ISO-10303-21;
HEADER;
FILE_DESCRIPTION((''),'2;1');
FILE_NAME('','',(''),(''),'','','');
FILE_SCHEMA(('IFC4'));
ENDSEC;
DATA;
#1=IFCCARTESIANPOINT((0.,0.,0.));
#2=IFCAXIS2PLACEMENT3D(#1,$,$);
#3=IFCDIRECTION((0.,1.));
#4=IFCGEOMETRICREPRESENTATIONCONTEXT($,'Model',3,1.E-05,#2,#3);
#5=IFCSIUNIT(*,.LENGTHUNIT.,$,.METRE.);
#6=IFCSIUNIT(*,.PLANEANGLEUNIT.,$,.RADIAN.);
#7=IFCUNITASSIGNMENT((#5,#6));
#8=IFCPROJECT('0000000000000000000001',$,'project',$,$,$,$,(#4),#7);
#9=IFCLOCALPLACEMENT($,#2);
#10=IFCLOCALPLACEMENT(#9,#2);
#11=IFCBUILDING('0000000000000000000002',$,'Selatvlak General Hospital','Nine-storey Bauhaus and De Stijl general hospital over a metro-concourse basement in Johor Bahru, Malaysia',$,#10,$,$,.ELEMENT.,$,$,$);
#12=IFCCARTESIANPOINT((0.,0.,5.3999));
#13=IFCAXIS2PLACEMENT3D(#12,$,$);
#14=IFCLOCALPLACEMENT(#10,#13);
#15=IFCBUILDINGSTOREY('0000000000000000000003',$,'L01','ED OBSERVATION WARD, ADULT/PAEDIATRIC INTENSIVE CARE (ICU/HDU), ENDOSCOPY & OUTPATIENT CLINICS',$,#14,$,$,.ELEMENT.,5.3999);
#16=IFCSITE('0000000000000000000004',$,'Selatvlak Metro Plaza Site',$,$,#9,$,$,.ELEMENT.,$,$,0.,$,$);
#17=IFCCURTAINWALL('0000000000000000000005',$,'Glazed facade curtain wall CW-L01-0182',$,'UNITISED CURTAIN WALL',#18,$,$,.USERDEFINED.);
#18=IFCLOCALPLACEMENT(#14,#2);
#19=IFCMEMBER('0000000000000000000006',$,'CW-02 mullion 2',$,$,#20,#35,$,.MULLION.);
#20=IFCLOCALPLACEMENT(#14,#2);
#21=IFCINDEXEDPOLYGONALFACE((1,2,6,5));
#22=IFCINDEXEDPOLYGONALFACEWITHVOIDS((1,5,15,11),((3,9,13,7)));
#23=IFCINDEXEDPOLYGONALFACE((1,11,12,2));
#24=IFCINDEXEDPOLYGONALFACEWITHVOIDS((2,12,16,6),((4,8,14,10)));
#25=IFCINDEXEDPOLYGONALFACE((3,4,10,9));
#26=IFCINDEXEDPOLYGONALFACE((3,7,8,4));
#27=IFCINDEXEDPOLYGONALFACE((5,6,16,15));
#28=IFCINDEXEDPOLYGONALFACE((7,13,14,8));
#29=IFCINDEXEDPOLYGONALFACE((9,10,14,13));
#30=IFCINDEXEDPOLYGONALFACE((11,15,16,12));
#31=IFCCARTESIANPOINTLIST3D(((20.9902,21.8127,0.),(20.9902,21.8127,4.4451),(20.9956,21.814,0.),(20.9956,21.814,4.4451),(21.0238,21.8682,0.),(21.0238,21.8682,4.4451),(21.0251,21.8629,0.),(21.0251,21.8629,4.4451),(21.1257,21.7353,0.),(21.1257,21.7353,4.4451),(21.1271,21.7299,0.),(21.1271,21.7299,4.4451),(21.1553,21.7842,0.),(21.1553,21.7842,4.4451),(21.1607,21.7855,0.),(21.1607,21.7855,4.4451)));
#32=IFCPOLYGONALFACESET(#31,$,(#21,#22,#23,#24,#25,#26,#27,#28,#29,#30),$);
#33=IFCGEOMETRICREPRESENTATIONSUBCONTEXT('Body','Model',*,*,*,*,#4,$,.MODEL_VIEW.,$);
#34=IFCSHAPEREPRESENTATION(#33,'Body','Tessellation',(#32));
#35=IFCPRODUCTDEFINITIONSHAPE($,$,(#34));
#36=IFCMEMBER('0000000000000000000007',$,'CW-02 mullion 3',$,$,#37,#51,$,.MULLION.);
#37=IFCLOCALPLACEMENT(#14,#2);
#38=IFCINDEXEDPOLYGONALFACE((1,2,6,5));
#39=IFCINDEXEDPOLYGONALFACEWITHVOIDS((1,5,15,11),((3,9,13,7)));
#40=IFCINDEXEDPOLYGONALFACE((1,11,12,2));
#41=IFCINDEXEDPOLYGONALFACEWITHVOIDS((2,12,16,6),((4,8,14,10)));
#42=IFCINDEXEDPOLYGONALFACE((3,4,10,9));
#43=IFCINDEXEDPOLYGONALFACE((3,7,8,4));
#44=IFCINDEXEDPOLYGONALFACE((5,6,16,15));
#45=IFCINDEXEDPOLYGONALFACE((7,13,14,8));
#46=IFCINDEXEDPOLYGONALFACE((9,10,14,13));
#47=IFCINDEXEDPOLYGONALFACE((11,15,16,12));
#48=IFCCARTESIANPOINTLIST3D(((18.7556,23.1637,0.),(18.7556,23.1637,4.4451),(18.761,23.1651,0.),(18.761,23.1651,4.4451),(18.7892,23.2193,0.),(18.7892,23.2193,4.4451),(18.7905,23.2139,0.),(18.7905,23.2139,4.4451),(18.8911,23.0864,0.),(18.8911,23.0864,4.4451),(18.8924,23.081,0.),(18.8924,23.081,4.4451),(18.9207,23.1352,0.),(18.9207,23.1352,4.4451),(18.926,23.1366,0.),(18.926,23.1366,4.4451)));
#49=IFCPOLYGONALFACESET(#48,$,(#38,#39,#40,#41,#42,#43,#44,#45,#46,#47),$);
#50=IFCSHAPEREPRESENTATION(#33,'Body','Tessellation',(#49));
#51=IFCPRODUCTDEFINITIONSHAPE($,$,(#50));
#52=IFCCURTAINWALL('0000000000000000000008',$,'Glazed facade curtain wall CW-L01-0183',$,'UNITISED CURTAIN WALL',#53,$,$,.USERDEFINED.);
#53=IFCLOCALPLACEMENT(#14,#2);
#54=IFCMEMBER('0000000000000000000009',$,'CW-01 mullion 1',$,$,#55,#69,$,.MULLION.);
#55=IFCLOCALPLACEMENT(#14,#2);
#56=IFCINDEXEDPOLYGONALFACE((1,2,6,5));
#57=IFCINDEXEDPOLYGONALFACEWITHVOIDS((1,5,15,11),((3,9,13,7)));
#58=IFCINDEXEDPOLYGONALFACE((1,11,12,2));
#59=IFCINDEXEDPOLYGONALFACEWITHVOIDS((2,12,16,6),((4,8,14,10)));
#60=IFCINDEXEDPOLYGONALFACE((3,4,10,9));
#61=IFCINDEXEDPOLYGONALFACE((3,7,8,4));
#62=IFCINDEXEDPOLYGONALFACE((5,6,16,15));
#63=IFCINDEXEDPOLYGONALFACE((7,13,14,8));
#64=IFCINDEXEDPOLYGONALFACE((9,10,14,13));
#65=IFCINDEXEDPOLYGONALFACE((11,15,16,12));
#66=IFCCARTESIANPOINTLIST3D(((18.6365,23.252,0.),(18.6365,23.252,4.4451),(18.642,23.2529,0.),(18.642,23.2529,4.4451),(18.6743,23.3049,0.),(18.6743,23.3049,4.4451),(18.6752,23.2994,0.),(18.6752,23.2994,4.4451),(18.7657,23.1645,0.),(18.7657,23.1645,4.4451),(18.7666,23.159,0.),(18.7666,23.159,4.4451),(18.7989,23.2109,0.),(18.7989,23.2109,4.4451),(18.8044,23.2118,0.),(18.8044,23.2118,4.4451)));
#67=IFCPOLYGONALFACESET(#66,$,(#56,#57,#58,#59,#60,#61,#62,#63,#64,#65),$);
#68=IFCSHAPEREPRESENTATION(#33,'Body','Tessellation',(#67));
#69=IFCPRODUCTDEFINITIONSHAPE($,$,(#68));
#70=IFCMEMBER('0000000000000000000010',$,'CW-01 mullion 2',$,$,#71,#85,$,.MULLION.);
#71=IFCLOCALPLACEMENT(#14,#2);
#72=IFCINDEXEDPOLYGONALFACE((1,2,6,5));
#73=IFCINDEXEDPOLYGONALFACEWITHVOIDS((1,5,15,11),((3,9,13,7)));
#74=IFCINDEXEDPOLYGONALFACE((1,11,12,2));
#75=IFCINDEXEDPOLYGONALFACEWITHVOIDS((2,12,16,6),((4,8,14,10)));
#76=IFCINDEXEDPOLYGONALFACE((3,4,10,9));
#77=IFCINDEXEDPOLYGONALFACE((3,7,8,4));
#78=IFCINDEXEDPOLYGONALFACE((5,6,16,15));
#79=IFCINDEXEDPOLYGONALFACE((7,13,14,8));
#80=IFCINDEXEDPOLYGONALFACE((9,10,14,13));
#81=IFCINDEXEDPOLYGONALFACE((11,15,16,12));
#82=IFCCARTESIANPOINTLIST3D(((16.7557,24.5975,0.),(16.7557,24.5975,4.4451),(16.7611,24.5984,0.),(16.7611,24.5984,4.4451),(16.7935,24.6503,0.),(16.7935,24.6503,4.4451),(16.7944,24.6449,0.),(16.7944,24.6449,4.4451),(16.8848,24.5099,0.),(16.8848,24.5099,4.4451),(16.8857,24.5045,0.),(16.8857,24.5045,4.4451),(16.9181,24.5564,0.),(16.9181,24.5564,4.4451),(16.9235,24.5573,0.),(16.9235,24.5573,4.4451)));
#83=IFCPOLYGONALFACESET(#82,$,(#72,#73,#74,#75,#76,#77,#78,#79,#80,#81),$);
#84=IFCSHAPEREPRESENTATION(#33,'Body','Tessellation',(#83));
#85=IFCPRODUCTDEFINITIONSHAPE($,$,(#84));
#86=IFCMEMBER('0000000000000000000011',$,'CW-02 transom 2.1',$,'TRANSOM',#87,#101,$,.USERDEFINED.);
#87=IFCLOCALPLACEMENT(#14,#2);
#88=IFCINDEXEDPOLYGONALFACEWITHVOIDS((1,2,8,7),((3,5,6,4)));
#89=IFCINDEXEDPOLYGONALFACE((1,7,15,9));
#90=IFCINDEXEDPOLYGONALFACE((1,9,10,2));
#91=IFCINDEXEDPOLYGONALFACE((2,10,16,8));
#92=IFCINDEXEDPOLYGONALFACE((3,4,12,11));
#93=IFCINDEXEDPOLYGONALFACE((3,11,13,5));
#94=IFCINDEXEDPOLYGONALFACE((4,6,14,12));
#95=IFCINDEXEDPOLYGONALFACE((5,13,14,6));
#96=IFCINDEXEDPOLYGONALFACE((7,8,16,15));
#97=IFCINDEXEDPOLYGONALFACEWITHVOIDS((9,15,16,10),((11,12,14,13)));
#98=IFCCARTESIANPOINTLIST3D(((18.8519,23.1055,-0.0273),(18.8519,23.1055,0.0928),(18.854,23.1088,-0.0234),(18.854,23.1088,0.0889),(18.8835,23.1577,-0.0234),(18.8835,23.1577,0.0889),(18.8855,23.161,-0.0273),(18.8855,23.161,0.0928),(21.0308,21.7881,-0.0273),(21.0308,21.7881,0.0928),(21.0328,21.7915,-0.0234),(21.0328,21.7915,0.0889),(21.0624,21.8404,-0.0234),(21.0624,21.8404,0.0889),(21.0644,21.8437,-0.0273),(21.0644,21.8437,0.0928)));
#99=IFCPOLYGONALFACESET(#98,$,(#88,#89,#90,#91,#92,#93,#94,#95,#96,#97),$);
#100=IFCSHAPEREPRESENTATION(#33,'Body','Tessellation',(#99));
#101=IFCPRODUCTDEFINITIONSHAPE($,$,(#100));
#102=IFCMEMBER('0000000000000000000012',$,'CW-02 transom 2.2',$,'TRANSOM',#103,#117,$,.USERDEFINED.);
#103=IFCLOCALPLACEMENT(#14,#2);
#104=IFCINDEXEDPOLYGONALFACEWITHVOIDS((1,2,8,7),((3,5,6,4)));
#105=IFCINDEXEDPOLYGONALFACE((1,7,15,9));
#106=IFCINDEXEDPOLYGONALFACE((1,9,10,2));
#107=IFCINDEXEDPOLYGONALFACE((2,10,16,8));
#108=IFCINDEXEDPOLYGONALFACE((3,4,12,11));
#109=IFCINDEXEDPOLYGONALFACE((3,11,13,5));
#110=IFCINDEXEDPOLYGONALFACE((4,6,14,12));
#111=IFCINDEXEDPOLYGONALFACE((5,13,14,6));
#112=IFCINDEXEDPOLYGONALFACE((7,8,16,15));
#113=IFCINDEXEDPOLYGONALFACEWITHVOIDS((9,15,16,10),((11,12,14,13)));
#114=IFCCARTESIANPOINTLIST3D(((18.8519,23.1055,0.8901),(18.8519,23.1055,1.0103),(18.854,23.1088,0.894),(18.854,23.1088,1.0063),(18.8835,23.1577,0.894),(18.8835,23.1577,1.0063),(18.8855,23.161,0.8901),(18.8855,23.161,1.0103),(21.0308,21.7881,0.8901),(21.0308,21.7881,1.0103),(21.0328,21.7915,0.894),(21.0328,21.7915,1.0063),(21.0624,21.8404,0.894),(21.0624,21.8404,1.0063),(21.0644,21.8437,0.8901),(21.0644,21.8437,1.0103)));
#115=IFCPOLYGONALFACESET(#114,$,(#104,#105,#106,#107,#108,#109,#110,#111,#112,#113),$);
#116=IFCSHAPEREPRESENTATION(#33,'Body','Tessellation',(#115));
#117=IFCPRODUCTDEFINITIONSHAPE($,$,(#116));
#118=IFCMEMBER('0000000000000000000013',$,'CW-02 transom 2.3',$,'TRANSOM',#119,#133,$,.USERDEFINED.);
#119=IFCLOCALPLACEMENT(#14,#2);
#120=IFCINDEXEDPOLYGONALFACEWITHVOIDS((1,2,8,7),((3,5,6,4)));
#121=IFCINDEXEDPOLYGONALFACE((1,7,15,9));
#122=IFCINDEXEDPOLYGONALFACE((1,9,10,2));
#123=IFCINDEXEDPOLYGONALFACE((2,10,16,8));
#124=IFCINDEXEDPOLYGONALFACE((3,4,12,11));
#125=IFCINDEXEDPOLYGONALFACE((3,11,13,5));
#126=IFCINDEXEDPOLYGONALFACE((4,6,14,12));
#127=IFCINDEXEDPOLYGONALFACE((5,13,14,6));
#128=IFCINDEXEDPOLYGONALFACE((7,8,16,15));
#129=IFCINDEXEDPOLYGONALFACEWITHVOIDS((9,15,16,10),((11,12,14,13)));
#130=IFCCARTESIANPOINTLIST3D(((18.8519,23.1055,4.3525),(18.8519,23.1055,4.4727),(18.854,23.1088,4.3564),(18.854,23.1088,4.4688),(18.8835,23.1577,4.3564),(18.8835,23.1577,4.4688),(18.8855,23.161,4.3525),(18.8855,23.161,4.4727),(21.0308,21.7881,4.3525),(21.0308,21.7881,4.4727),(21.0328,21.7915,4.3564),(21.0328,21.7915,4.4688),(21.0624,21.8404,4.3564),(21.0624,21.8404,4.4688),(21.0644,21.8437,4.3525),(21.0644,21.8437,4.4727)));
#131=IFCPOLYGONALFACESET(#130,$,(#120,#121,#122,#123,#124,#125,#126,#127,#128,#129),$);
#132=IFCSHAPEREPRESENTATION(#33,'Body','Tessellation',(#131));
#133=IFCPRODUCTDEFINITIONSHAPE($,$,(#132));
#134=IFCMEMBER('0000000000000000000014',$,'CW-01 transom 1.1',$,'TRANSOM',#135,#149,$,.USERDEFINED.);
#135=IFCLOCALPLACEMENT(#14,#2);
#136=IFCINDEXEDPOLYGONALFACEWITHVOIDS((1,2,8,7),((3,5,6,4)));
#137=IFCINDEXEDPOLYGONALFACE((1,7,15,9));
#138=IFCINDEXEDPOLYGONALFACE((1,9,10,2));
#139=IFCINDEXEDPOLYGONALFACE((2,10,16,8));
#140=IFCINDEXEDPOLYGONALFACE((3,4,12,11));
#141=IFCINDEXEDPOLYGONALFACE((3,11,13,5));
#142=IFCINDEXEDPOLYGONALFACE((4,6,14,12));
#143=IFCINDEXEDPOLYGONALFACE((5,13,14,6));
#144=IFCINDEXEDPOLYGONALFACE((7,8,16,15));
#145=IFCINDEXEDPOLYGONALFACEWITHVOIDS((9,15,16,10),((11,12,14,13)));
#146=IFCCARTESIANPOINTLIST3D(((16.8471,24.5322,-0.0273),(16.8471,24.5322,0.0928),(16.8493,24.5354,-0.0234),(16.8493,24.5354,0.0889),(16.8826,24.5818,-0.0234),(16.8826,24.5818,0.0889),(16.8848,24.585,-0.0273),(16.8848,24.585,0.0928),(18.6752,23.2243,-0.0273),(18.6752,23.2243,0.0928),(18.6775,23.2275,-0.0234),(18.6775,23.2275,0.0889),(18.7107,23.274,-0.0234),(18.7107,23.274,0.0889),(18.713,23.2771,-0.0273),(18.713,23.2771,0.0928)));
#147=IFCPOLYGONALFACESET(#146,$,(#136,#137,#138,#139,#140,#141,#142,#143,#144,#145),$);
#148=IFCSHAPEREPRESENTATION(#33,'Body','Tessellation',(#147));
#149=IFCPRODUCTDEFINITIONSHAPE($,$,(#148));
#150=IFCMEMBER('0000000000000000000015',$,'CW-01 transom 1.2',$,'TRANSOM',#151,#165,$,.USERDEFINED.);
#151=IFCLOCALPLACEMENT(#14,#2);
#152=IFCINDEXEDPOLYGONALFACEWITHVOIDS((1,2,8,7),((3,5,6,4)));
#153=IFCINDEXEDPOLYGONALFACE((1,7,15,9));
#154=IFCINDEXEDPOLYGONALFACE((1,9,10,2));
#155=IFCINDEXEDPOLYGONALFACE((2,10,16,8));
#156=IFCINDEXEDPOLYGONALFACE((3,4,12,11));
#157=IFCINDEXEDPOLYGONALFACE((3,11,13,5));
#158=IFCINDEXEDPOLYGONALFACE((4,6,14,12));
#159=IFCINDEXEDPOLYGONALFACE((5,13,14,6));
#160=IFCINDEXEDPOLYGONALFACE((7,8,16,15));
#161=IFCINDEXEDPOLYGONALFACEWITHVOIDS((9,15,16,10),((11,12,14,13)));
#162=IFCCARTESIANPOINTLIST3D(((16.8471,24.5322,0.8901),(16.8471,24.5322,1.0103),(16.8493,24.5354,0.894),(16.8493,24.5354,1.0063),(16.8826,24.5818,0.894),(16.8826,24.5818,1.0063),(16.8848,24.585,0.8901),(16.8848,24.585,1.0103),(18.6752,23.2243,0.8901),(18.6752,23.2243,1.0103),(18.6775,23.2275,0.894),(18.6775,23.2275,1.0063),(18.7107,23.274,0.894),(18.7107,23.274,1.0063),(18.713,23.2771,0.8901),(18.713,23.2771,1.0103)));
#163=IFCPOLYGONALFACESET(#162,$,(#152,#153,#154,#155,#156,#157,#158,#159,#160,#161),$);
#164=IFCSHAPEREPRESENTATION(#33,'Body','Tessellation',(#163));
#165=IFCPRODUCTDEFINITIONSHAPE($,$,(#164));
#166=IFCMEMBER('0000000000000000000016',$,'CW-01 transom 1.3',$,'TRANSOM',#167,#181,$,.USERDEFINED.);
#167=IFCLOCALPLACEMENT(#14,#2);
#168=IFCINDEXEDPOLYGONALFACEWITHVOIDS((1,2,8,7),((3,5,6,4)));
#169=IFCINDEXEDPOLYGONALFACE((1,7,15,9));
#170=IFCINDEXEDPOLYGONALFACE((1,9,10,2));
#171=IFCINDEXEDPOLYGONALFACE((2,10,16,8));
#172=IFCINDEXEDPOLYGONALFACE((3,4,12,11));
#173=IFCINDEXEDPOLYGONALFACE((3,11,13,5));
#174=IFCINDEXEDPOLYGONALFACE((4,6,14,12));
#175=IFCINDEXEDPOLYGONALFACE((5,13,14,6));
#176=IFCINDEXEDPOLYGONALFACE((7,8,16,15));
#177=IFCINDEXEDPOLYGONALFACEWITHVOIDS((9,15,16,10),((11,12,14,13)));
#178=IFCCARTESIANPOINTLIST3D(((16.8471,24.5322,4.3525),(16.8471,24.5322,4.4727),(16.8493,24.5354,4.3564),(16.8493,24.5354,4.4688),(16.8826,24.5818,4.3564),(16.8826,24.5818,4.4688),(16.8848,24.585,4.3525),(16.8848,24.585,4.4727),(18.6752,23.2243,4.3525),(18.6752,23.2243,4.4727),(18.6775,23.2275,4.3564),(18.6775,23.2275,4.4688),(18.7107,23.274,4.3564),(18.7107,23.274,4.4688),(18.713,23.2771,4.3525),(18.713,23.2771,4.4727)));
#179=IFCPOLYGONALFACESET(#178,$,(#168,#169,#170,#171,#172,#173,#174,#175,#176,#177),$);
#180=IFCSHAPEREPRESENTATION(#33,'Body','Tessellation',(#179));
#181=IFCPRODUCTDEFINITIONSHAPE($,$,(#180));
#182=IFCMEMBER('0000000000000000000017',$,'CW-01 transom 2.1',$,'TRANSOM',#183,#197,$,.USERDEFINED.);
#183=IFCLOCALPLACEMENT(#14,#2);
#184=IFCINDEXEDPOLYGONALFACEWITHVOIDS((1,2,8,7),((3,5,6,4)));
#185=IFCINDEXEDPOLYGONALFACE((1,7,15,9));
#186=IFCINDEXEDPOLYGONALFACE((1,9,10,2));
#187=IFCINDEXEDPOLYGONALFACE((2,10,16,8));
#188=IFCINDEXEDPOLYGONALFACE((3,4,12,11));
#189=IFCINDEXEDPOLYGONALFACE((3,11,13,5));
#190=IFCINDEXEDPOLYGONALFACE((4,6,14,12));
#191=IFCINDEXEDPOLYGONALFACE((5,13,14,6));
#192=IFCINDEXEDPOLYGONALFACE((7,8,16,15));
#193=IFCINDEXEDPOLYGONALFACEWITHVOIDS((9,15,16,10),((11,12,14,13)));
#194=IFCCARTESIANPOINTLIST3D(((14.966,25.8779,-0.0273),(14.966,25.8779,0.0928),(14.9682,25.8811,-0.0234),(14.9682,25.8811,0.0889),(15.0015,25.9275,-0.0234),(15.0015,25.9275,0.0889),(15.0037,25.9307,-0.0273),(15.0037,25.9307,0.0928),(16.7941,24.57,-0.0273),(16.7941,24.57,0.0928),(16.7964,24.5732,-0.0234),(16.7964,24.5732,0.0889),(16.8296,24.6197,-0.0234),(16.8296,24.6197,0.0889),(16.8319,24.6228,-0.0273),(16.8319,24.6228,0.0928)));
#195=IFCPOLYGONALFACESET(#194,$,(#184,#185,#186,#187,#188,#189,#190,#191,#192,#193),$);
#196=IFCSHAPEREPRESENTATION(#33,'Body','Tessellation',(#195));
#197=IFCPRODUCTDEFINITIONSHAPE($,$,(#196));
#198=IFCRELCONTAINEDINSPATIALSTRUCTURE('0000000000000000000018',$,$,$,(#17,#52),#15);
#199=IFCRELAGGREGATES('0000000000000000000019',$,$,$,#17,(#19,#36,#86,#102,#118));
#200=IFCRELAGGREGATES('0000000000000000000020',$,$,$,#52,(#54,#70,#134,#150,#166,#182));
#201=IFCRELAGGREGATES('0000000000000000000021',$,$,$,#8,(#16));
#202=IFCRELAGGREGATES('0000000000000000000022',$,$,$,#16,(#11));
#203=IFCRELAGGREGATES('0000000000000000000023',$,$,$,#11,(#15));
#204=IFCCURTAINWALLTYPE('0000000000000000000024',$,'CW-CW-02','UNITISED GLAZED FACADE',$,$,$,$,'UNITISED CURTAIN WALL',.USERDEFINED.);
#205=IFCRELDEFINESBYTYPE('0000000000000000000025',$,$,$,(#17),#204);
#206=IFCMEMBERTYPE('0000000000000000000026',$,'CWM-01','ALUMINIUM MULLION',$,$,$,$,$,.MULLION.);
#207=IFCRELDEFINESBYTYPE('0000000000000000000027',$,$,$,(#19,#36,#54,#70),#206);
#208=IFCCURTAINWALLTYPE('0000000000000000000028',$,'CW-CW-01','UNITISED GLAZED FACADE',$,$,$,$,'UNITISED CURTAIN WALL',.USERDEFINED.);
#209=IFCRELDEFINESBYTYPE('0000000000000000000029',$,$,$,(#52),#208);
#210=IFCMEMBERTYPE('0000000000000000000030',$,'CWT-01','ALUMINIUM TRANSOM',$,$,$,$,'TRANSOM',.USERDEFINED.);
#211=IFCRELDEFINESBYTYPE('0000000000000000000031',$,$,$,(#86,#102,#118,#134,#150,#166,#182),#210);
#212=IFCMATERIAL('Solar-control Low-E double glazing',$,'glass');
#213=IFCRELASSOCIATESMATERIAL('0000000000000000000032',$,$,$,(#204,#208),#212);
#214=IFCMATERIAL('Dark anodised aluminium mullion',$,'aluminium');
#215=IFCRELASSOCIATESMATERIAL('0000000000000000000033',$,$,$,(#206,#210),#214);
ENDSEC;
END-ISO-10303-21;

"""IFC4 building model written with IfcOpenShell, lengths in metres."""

from ifc_helpers import new_model, si_unit, direction, frame, origin, origin_2d, place, context, subcontext, project, spatial, hollow_rectangle, extrude, material, material_profile, profile_set, type_object, element, aggregate, save


model = new_model("IFC4")

# Units and contexts
model_context = context("Model", 3, precision=1e-05, world=origin(), true_north=direction((0.0, 1.0)))
body_context = subcontext(model_context, "Body", "Model", "MODEL_VIEW")
ifc_project = project(units=[si_unit("LENGTHUNIT", "METRE"), si_unit("PLANEANGLEUNIT", "RADIAN")], contexts=[model_context])

# Site, building, storey
site_placement = place(None, origin())
site = spatial("IfcSite", under=ifc_project, at=site_placement, Name="Selatvlak Metro Plaza Site", CompositionType="ELEMENT", RefElevation=0.0)
building_placement = place(site_placement, origin())
building = spatial("IfcBuilding", under=site, at=building_placement, Name="Selatvlak General Hospital", Description="Nine-storey Bauhaus and De Stijl general hospital over a metro-concourse basement in Johor Bahru, Malaysia", CompositionType="ELEMENT")
storey_placement = place(building_placement, frame((0.0, 0.0, 5.3999)))
storey = spatial("IfcBuildingStorey", under=building, at=storey_placement, Name="L01", Description="ED OBSERVATION WARD, ADULT/PAEDIATRIC INTENSIVE CARE (ICU/HDU), ENDOSCOPY & OUTPATIENT CLINICS", CompositionType="ELEMENT", Elevation=5.3999)

# Curtain walls, members
ifc_material_1 = material(Name="Solar-control Low-E double glazing", Category="glass")
curtain_wall_type_1 = type_object("IfcCurtainWallType", Name="CW-CW-02", Description="UNITISED GLAZED FACADE", ElementType="UNITISED CURTAIN WALL", PredefinedType="USERDEFINED", material=ifc_material_1)
curtain_wall_1_placement = place(storey_placement, origin())
curtain_wall_1 = element("IfcCurtainWall", 1, at=curtain_wall_1_placement, inside=storey, type_object=curtain_wall_type_1, Name="Glazed facade curtain wall CW-L01-0182", ObjectType="UNITISED CURTAIN WALL", PredefinedType="USERDEFINED")
ifc_material_2 = material(Name="Dark anodised aluminium mullion", Category="aluminium")
ifc_material_profile_1 = material_profile(ifc_material_2, hollow_rectangle(XDim=0.0649, YDim=0.1599, WallThickness=0.0039, at=origin_2d()), Name="AL-MUL 65x160x4")
ifc_profile_set_1 = profile_set([ifc_material_profile_1], Name="Dark anodised aluminium mullion")
member_type_1 = type_object("IfcMemberType", Name="CWM-01", Description="ALUMINIUM MULLION", PredefinedType="MULLION", material=ifc_profile_set_1)
member_1_placement = place(storey_placement, frame((21.0754, 21.7991, 0.0), z_axis=(0.0, 0.0, 1.0), x_axis=(-0.517413, -0.855736, 0.0)))
member_1 = element("IfcMember", 2, at=member_1_placement, type_object=member_type_1, Name="CW-02 mullion 2", PredefinedType="MULLION", context=body_context, shape_type="SweptSolid", body=[
    extrude(hollow_rectangle(XDim=0.0649, YDim=0.1599, WallThickness=0.0039, at=origin_2d()), origin(), (0.0, 0.0, 1.0), 4.4451),
])
member_2_placement = place(storey_placement, frame((18.8408, 23.1501, 0.0), z_axis=(0.0, 0.0, 1.0), x_axis=(-0.517413, -0.855736, 0.0)))
member_2 = element("IfcMember", 3, at=member_2_placement, type_object=member_type_1, Name="CW-02 mullion 3", PredefinedType="MULLION", context=body_context, shape_type="SweptSolid", body=[
    extrude(hollow_rectangle(XDim=0.0649, YDim=0.1599, WallThickness=0.0039, at=origin_2d()), origin(), (0.0, 0.0, 1.0), 4.4451),
])
curtain_wall_type_2 = type_object("IfcCurtainWallType", Name="CW-CW-01", Description="UNITISED GLAZED FACADE", ElementType="UNITISED CURTAIN WALL", PredefinedType="USERDEFINED", material=ifc_material_1)
curtain_wall_2_placement = place(storey_placement, origin())
curtain_wall_2 = element("IfcCurtainWall", 4, at=curtain_wall_2_placement, inside=storey, type_object=curtain_wall_type_2, Name="Glazed facade curtain wall CW-L01-0183", ObjectType="UNITISED CURTAIN WALL", PredefinedType="USERDEFINED")
member_3_placement = place(storey_placement, frame((18.7205, 23.2319, 0.0), z_axis=(0.0, 0.0, 1.0), x_axis=(-0.581803, -0.81333, 0.0)))
member_3 = element("IfcMember", 5, at=member_3_placement, type_object=member_type_1, Name="CW-01 mullion 1", PredefinedType="MULLION", context=body_context, shape_type="SweptSolid", body=[
    extrude(hollow_rectangle(XDim=0.0649, YDim=0.1599, WallThickness=0.0039, at=origin_2d()), origin(), (0.0, 0.0, 1.0), 4.4451),
])
member_4_placement = place(storey_placement, frame((16.8396, 24.5774, 0.0), z_axis=(0.0, 0.0, 1.0), x_axis=(-0.581803, -0.81333, 0.0)))
member_4 = element("IfcMember", 6, at=member_4_placement, type_object=member_type_1, Name="CW-01 mullion 2", PredefinedType="MULLION", context=body_context, shape_type="SweptSolid", body=[
    extrude(hollow_rectangle(XDim=0.0649, YDim=0.1599, WallThickness=0.0039, at=origin_2d()), origin(), (0.0, 0.0, 1.0), 4.4451),
])

# Members
ifc_material_profile_2 = material_profile(ifc_material_2, hollow_rectangle(XDim=0.0649, YDim=0.1201, WallThickness=0.0039, at=origin_2d()), Name="AL-TRN 65x120x4")
ifc_profile_set_2 = profile_set([ifc_material_profile_2], Name="Dark anodised aluminium mullion")
member_type_2 = type_object("IfcMemberType", Name="CWT-01", Description="ALUMINIUM TRANSOM", ElementType="TRANSOM", PredefinedType="USERDEFINED", material=ifc_profile_set_2)
member_5_placement = place(storey_placement, frame((21.0476, 21.8159, 0.0327), z_axis=(-0.855754, 0.517383, 0.0), x_axis=(-0.517383, -0.855754, 0.0)))
member_5 = element("IfcMember", 7, at=member_5_placement, type_object=member_type_2, Name="CW-02 transom 2.1", ObjectType="TRANSOM", PredefinedType="USERDEFINED", context=body_context, shape_type="SweptSolid", body=[
    extrude(hollow_rectangle(XDim=0.0649, YDim=0.1201, WallThickness=0.0039, at=origin_2d()), origin(), (0.0, 0.0, 1.0), 2.5461),
])
member_6_placement = place(storey_placement, frame((21.0476, 21.8159, 0.9502), z_axis=(-0.855754, 0.517383, 0.0), x_axis=(-0.517383, -0.855754, 0.0)))
member_6 = element("IfcMember", 8, at=member_6_placement, type_object=member_type_2, Name="CW-02 transom 2.2", ObjectType="TRANSOM", PredefinedType="USERDEFINED", context=body_context, shape_type="SweptSolid", body=[
    extrude(hollow_rectangle(XDim=0.0649, YDim=0.1201, WallThickness=0.0039, at=origin_2d()), origin(), (0.0, 0.0, 1.0), 2.5461),
])
member_7_placement = place(storey_placement, frame((21.0476, 21.8159, 4.4126), z_axis=(-0.855754, 0.517383, 0.0), x_axis=(-0.517383, -0.855754, 0.0)))
member_7 = element("IfcMember", 9, at=member_7_placement, type_object=member_type_2, Name="CW-02 transom 2.3", ObjectType="TRANSOM", PredefinedType="USERDEFINED", context=body_context, shape_type="SweptSolid", body=[
    extrude(hollow_rectangle(XDim=0.0649, YDim=0.1201, WallThickness=0.0039, at=origin_2d()), origin(), (0.0, 0.0, 1.0), 2.5461),
])
member_8_placement = place(storey_placement, frame((18.6941, 23.2507, 0.0327), z_axis=(-0.8133, 0.581844, 0.0), x_axis=(-0.581844, -0.8133, 0.0)))
member_8 = element("IfcMember", 10, at=member_8_placement, type_object=member_type_2, Name="CW-01 transom 1.1", ObjectType="TRANSOM", PredefinedType="USERDEFINED", context=body_context, shape_type="SweptSolid", body=[
    extrude(hollow_rectangle(XDim=0.0649, YDim=0.1201, WallThickness=0.0039, at=origin_2d()), origin(), (0.0, 0.0, 1.0), 2.2478),
])
member_9_placement = place(storey_placement, frame((18.6941, 23.2507, 0.9502), z_axis=(-0.8133, 0.581844, 0.0), x_axis=(-0.581844, -0.8133, 0.0)))
member_9 = element("IfcMember", 11, at=member_9_placement, type_object=member_type_2, Name="CW-01 transom 1.2", ObjectType="TRANSOM", PredefinedType="USERDEFINED", context=body_context, shape_type="SweptSolid", body=[
    extrude(hollow_rectangle(XDim=0.0649, YDim=0.1201, WallThickness=0.0039, at=origin_2d()), origin(), (0.0, 0.0, 1.0), 2.2478),
])
member_10_placement = place(storey_placement, frame((18.6941, 23.2507, 4.4126), z_axis=(-0.8133, 0.581844, 0.0), x_axis=(-0.581844, -0.8133, 0.0)))
member_10 = element("IfcMember", 12, at=member_10_placement, type_object=member_type_2, Name="CW-01 transom 1.3", ObjectType="TRANSOM", PredefinedType="USERDEFINED", context=body_context, shape_type="SweptSolid", body=[
    extrude(hollow_rectangle(XDim=0.0649, YDim=0.1201, WallThickness=0.0039, at=origin_2d()), origin(), (0.0, 0.0, 1.0), 2.2478),
])
member_11_placement = place(storey_placement, frame((16.813, 24.5964, 0.0327), z_axis=(-0.8133, 0.581844, 0.0), x_axis=(-0.581844, -0.8133, 0.0)))
member_11 = element("IfcMember", 13, at=member_11_placement, type_object=member_type_2, Name="CW-01 transom 2.1", ObjectType="TRANSOM", PredefinedType="USERDEFINED", context=body_context, shape_type="SweptSolid", body=[
    extrude(hollow_rectangle(XDim=0.0649, YDim=0.1201, WallThickness=0.0039, at=origin_2d()), origin(), (0.0, 0.0, 1.0), 2.2478),
])

aggregate(curtain_wall_1, [member_1, member_2, member_5, member_6, member_7])
aggregate(curtain_wall_2, [member_3, member_4, member_8, member_9, member_10, member_11])

save(model, "model.ifc")
